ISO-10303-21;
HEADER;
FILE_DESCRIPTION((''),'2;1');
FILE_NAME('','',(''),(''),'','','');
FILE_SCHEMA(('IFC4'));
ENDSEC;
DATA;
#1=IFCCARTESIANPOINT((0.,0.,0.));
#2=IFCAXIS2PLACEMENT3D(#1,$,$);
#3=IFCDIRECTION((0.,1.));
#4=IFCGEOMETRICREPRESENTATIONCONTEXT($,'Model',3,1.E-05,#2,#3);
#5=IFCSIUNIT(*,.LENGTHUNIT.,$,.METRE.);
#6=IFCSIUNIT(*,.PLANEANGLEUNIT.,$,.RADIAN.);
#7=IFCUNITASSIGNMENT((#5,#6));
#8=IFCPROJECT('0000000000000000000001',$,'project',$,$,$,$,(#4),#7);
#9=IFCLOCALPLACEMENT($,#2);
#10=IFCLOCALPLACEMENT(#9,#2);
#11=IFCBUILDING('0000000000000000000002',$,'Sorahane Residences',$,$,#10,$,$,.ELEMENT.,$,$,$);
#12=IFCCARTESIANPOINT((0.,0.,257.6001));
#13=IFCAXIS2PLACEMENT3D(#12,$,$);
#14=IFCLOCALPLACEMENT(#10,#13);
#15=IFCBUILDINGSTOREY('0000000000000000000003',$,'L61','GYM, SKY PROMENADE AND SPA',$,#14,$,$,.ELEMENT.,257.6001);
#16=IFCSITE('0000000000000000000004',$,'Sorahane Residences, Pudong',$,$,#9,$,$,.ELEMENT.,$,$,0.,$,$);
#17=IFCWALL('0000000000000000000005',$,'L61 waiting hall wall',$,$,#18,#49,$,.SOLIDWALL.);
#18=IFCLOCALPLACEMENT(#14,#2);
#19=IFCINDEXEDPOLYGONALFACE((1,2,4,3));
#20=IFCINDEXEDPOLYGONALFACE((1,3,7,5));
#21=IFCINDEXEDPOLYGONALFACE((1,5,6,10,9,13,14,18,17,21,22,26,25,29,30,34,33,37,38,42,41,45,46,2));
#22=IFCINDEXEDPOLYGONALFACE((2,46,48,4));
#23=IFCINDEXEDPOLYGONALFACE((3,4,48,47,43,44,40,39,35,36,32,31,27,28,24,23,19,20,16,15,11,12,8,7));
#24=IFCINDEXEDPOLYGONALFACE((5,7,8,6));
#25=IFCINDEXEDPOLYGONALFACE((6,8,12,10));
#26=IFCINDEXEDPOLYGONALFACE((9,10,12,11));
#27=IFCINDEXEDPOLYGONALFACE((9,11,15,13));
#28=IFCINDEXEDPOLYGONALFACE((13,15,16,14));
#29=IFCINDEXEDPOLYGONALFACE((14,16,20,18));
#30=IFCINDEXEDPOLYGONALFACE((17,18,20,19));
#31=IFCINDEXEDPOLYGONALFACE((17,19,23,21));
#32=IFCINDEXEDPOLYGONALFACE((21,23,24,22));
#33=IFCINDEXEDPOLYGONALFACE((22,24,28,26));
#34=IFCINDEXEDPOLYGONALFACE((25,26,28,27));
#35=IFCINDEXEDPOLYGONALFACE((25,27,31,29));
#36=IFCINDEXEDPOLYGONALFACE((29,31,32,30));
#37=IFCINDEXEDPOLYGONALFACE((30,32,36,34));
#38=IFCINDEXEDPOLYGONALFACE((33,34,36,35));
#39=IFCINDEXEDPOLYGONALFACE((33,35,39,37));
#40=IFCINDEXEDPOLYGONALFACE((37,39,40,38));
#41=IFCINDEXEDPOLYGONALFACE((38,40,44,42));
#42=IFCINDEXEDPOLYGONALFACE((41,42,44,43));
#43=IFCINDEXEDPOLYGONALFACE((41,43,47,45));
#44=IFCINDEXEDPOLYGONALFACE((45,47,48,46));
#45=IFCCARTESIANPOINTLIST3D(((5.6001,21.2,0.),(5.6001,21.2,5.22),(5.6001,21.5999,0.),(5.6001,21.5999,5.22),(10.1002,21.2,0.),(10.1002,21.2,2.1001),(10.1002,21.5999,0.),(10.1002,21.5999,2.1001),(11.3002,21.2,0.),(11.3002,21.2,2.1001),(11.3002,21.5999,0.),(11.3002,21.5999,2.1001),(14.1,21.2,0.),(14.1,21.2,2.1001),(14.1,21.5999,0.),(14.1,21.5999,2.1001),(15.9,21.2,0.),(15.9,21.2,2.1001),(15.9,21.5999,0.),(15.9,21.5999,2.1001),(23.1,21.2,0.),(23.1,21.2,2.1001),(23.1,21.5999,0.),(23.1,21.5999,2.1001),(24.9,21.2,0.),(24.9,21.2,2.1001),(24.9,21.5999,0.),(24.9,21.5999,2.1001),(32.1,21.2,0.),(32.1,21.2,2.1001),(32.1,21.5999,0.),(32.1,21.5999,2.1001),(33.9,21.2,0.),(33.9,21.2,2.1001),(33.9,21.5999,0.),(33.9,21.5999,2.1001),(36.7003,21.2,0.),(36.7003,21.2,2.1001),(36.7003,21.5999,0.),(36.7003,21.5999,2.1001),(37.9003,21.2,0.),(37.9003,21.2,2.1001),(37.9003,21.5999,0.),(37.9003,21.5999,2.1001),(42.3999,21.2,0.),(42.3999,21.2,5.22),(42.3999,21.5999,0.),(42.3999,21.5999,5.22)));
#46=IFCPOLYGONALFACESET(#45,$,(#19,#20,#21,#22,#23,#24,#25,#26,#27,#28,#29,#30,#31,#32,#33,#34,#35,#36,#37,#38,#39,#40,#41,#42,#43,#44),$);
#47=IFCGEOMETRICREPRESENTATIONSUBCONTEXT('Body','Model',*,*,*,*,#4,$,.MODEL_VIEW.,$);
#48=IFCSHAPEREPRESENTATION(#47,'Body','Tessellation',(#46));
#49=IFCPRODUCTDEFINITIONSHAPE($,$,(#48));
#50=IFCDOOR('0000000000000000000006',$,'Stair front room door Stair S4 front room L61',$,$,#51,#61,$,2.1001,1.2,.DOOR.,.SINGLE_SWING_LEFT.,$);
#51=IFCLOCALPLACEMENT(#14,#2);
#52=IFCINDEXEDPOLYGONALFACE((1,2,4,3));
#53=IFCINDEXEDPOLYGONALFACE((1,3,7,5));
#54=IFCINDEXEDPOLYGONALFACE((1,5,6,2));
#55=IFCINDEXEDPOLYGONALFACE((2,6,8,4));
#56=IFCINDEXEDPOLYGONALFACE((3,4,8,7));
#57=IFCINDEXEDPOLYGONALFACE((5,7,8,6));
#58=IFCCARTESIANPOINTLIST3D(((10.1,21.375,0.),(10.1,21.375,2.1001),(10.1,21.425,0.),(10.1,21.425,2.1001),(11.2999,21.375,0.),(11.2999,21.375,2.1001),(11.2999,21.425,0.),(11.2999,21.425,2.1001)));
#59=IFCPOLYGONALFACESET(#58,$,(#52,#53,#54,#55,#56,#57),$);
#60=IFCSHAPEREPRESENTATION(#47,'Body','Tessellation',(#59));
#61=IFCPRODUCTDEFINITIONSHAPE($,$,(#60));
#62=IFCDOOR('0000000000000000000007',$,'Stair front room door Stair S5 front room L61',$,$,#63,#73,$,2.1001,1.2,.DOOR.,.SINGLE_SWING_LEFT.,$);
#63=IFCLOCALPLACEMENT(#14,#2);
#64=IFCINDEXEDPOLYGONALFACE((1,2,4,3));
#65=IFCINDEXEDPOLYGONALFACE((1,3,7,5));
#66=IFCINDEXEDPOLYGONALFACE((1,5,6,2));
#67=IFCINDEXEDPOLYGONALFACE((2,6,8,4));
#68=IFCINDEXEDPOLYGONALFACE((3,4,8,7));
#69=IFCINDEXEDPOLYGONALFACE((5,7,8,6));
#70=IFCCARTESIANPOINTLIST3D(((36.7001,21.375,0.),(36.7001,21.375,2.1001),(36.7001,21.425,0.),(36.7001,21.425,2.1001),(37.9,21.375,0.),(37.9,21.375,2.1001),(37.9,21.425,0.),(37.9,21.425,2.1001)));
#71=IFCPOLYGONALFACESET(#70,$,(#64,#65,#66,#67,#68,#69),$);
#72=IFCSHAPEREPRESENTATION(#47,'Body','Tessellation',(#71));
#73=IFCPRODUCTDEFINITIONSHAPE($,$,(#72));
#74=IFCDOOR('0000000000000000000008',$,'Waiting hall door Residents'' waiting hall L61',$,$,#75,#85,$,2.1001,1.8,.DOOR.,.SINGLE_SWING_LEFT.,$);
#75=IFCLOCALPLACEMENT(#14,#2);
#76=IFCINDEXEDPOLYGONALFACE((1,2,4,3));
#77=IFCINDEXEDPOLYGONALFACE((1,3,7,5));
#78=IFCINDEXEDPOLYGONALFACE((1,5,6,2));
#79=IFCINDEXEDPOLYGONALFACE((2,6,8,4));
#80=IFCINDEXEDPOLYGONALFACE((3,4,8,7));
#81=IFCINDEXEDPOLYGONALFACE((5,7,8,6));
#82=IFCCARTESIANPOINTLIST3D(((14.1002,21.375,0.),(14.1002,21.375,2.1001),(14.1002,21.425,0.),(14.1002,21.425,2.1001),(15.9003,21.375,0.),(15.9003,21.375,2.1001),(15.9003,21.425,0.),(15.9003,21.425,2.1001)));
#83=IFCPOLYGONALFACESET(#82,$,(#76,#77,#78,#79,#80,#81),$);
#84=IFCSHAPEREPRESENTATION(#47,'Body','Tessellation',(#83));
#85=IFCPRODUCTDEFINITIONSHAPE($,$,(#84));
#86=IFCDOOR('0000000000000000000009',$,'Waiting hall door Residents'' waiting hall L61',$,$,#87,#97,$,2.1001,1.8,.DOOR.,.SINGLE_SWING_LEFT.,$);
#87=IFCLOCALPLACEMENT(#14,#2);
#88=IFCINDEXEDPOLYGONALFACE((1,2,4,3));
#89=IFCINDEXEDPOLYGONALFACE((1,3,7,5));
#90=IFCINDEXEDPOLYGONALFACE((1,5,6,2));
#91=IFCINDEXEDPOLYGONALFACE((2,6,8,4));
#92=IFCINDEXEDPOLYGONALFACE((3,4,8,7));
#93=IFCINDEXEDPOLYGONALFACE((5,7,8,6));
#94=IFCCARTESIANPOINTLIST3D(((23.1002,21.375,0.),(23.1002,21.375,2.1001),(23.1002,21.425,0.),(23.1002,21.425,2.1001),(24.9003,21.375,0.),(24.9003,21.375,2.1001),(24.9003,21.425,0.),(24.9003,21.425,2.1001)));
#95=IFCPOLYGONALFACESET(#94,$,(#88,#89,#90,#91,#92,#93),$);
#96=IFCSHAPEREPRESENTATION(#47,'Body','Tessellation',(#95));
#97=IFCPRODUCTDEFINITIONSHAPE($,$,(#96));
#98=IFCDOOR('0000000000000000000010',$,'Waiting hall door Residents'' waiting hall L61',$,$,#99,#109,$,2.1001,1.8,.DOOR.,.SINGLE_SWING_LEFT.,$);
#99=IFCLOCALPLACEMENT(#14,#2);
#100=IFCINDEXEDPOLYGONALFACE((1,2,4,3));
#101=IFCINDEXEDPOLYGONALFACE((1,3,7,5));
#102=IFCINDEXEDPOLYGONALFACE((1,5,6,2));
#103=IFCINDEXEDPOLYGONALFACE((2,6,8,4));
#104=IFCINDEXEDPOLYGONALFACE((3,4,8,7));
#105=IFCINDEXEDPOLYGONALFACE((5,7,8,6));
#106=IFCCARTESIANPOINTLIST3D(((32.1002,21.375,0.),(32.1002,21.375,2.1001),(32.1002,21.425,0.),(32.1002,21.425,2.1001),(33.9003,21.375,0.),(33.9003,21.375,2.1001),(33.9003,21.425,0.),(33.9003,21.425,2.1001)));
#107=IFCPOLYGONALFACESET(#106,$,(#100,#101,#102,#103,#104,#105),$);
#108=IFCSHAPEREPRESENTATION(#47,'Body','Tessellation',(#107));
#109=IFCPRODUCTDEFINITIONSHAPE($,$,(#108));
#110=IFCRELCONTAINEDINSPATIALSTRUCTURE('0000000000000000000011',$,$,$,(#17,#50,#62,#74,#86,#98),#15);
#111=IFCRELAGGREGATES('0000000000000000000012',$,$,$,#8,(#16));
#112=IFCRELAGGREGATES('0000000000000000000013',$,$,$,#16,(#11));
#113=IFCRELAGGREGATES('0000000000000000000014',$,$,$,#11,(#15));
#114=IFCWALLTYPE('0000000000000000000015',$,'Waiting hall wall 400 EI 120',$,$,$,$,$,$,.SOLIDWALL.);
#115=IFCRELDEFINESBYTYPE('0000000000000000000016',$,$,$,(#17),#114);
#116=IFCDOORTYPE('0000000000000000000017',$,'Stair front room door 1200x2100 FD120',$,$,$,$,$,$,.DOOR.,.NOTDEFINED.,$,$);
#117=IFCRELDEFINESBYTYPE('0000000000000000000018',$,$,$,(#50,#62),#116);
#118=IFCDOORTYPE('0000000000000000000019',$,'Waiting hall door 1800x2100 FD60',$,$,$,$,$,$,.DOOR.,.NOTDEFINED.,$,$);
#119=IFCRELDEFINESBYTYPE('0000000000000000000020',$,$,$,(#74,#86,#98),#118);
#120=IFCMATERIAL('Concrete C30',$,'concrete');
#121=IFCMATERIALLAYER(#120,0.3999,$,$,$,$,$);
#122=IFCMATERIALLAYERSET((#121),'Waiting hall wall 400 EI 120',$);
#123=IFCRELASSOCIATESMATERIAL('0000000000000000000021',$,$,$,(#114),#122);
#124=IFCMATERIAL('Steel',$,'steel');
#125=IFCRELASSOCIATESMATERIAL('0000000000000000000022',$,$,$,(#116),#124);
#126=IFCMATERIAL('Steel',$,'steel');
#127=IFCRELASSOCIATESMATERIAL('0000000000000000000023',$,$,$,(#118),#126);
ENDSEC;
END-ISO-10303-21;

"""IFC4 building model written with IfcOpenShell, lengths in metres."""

from ifc_helpers import new_model, si_unit, direction, frame, frame_2d, origin, place, context, subcontext, project, spatial, rectangle, extrude, material, layer, layer_set, type_object, element, fill, save


model = new_model("IFC4")

# Units and contexts
model_context = context("Model", 3, precision=1e-05, world=origin(), true_north=direction((0.0, 1.0)))
body_context = subcontext(model_context, "Body", "Model", "MODEL_VIEW")
ifc_project = project(units=[si_unit("LENGTHUNIT", "METRE"), si_unit("PLANEANGLEUNIT", "RADIAN")], contexts=[model_context])

# Site, building, storey
site_placement = place(None, origin())
site = spatial("IfcSite", under=ifc_project, at=site_placement, Name="Sorahane Residences, Pudong", CompositionType="ELEMENT", RefElevation=0.0)
building_placement = place(site_placement, origin())
building = spatial("IfcBuilding", under=site, at=building_placement, Name="Sorahane Residences", CompositionType="ELEMENT")
storey_placement = place(building_placement, frame((0.0, 0.0, 257.6001)))
storey = spatial("IfcBuildingStorey", under=building, at=storey_placement, Name="L61", Description="GYM, SKY PROMENADE AND SPA", CompositionType="ELEMENT", Elevation=257.6001)

# Wall, openings, doors
ifc_material_1 = material(Name="Concrete C30", Category="concrete")
ifc_layer_1 = layer(ifc_material_1, 0.3999)
ifc_layer_set_1 = layer_set([ifc_layer_1], Name="Waiting hall wall 400 EI 120")
wall_type_1 = type_object("IfcWallType", Name="Waiting hall wall 400 EI 120", PredefinedType="SOLIDWALL", material=ifc_layer_set_1)
wall_1_placement = place(storey_placement, frame((5.6001, 21.3999, 0.0), z_axis=(0.0, 0.0, 1.0), x_axis=(1.0, 0.0, 0.0)))
wall_1 = element("IfcWall", 1, at=wall_1_placement, inside=storey, type_object=wall_type_1, Name="L61 waiting hall wall", PredefinedType="SOLIDWALL", context=body_context, shape_type="SweptSolid", body=[
    extrude(rectangle(XDim=36.7998, YDim=0.3999, at=frame_2d((18.3999, 0.0))), origin(), (0.0, 0.0, 1.0), 5.22),
])
opening_1_placement = place(wall_1_placement, frame((8.5, 0.0, 0.0)))
opening_1 = element("IfcOpeningElement", 2, at=opening_1_placement, cuts=wall_1, PredefinedType="OPENING", context=body_context, shape_type="SweptSolid", body=[
    extrude(rectangle(XDim=1.8, YDim=2.1001, at=frame_2d((0.8999, 1.05))), frame((0.0, 0.21, 0.0), z_axis=(0.0, -1.0, 0.0), x_axis=(1.0, 0.0, 0.0)), (0.0, 0.0, 1.0), 0.4199),
])
opening_2_placement = place(wall_1_placement, frame((17.5, 0.0, 0.0)))
opening_2 = element("IfcOpeningElement", 3, at=opening_2_placement, cuts=wall_1, PredefinedType="OPENING", context=body_context, shape_type="SweptSolid", body=[
    extrude(rectangle(XDim=1.8, YDim=2.1001, at=frame_2d((0.8999, 1.05))), frame((0.0, 0.21, 0.0), z_axis=(0.0, -1.0, 0.0), x_axis=(1.0, 0.0, 0.0)), (0.0, 0.0, 1.0), 0.4199),
])
opening_3_placement = place(wall_1_placement, frame((26.5, 0.0, 0.0)))
opening_3 = element("IfcOpeningElement", 4, at=opening_3_placement, cuts=wall_1, PredefinedType="OPENING", context=body_context, shape_type="SweptSolid", body=[
    extrude(rectangle(XDim=1.8, YDim=2.1001, at=frame_2d((0.8999, 1.05))), frame((0.0, 0.21, 0.0), z_axis=(0.0, -1.0, 0.0), x_axis=(1.0, 0.0, 0.0)), (0.0, 0.0, 1.0), 0.4199),
])
opening_4_placement = place(wall_1_placement, frame((4.5, 0.0, 0.0)))
opening_4 = element("IfcOpeningElement", 5, at=opening_4_placement, cuts=wall_1, PredefinedType="OPENING", context=body_context, shape_type="SweptSolid", body=[
    extrude(rectangle(XDim=1.2, YDim=2.1001, at=frame_2d((0.6001, 1.05))), frame((0.0, 0.21, 0.0), z_axis=(0.0, -1.0, 0.0), x_axis=(1.0, 0.0, 0.0)), (0.0, 0.0, 1.0), 0.4199),
])
opening_5_placement = place(wall_1_placement, frame((31.1001, 0.0, 0.0)))
opening_5 = element("IfcOpeningElement", 6, at=opening_5_placement, cuts=wall_1, PredefinedType="OPENING", context=body_context, shape_type="SweptSolid", body=[
    extrude(rectangle(XDim=1.2, YDim=2.1001, at=frame_2d((0.6001, 1.05))), frame((0.0, 0.21, 0.0), z_axis=(0.0, -1.0, 0.0), x_axis=(1.0, 0.0, 0.0)), (0.0, 0.0, 1.0), 0.4199),
])
ifc_material_2 = material(Name="Steel", Category="steel")
door_type_1 = type_object("IfcDoorType", Name="Stair front room door 1200x2100 FD120", OperationType="NOTDEFINED", PredefinedType="DOOR", material=ifc_material_2)
door_1_placement = place(opening_4_placement, frame((1.2, 0.0, 0.0), z_axis=(0.0, 0.0, 1.0), x_axis=(-1.0, 0.0, 0.0)))
door_1 = element("IfcDoor", 7, at=door_1_placement, inside=storey, type_object=door_type_1, Name="Stair front room door Stair S4 front room L61", OperationType="SINGLE_SWING_LEFT", OverallHeight=2.1001, OverallWidth=1.2, PredefinedType="DOOR", context=body_context, shape_type="SweptSolid", body=[
    extrude(rectangle(XDim=1.2, YDim=2.1001, at=frame_2d((0.6001, 1.05))), frame((0.0, 0.0249, 0.0), z_axis=(0.0, -1.0, 0.0), x_axis=(1.0, 0.0, 0.0)), (0.0, 0.0, 1.0), 0.05),
])
fill(opening_4, door_1)
door_2_placement = place(opening_5_placement, frame((1.2, 0.0, 0.0), z_axis=(0.0, 0.0, 1.0), x_axis=(-1.0, 0.0, 0.0)))
door_2 = element("IfcDoor", 8, at=door_2_placement, inside=storey, type_object=door_type_1, Name="Stair front room door Stair S5 front room L61", OperationType="SINGLE_SWING_LEFT", OverallHeight=2.1001, OverallWidth=1.2, PredefinedType="DOOR", context=body_context, shape_type="SweptSolid", body=[
    extrude(rectangle(XDim=1.2, YDim=2.1001, at=frame_2d((0.6001, 1.05))), frame((0.0, 0.0249, 0.0), z_axis=(0.0, -1.0, 0.0), x_axis=(1.0, 0.0, 0.0)), (0.0, 0.0, 1.0), 0.05),
])
fill(opening_5, door_2)
ifc_material_3 = material(Name="Steel", Category="steel")
door_type_2 = type_object("IfcDoorType", Name="Waiting hall door 1800x2100 FD60", OperationType="NOTDEFINED", PredefinedType="DOOR", material=ifc_material_3)
door_3_placement = place(opening_1_placement, frame((1.8, 0.0, 0.0), z_axis=(0.0, 0.0, 1.0), x_axis=(-1.0, 0.0, 0.0)))
door_3 = element("IfcDoor", 9, at=door_3_placement, inside=storey, type_object=door_type_2, Name="Waiting hall door Residents' waiting hall L61", OperationType="SINGLE_SWING_LEFT", OverallHeight=2.1001, OverallWidth=1.8, PredefinedType="DOOR", context=body_context, shape_type="SweptSolid", body=[
    extrude(rectangle(XDim=1.8, YDim=2.1001, at=frame_2d((0.8999, 1.05))), frame((0.0, 0.0249, 0.0), z_axis=(0.0, -1.0, 0.0), x_axis=(1.0, 0.0, 0.0)), (0.0, 0.0, 1.0), 0.05),
])
fill(opening_1, door_3)
door_4_placement = place(opening_2_placement, frame((1.8, 0.0, 0.0), z_axis=(0.0, 0.0, 1.0), x_axis=(-1.0, 0.0, 0.0)))
door_4 = element("IfcDoor", 10, at=door_4_placement, inside=storey, type_object=door_type_2, Name="Waiting hall door Residents' waiting hall L61", OperationType="SINGLE_SWING_LEFT", OverallHeight=2.1001, OverallWidth=1.8, PredefinedType="DOOR", context=body_context, shape_type="SweptSolid", body=[
    extrude(rectangle(XDim=1.8, YDim=2.1001, at=frame_2d((0.8999, 1.05))), frame((0.0, 0.0249, 0.0), z_axis=(0.0, -1.0, 0.0), x_axis=(1.0, 0.0, 0.0)), (0.0, 0.0, 1.0), 0.05),
])
fill(opening_2, door_4)
door_5_placement = place(opening_3_placement, frame((1.8, 0.0, 0.0), z_axis=(0.0, 0.0, 1.0), x_axis=(-1.0, 0.0, 0.0)))
door_5 = element("IfcDoor", 11, at=door_5_placement, inside=storey, type_object=door_type_2, Name="Waiting hall door Residents' waiting hall L61", OperationType="SINGLE_SWING_LEFT", OverallHeight=2.1001, OverallWidth=1.8, PredefinedType="DOOR", context=body_context, shape_type="SweptSolid", body=[
    extrude(rectangle(XDim=1.8, YDim=2.1001, at=frame_2d((0.8999, 1.05))), frame((0.0, 0.0249, 0.0), z_axis=(0.0, -1.0, 0.0), x_axis=(1.0, 0.0, 0.0)), (0.0, 0.0, 1.0), 0.05),
])
fill(opening_3, door_5)

save(model, "model.ifc")
